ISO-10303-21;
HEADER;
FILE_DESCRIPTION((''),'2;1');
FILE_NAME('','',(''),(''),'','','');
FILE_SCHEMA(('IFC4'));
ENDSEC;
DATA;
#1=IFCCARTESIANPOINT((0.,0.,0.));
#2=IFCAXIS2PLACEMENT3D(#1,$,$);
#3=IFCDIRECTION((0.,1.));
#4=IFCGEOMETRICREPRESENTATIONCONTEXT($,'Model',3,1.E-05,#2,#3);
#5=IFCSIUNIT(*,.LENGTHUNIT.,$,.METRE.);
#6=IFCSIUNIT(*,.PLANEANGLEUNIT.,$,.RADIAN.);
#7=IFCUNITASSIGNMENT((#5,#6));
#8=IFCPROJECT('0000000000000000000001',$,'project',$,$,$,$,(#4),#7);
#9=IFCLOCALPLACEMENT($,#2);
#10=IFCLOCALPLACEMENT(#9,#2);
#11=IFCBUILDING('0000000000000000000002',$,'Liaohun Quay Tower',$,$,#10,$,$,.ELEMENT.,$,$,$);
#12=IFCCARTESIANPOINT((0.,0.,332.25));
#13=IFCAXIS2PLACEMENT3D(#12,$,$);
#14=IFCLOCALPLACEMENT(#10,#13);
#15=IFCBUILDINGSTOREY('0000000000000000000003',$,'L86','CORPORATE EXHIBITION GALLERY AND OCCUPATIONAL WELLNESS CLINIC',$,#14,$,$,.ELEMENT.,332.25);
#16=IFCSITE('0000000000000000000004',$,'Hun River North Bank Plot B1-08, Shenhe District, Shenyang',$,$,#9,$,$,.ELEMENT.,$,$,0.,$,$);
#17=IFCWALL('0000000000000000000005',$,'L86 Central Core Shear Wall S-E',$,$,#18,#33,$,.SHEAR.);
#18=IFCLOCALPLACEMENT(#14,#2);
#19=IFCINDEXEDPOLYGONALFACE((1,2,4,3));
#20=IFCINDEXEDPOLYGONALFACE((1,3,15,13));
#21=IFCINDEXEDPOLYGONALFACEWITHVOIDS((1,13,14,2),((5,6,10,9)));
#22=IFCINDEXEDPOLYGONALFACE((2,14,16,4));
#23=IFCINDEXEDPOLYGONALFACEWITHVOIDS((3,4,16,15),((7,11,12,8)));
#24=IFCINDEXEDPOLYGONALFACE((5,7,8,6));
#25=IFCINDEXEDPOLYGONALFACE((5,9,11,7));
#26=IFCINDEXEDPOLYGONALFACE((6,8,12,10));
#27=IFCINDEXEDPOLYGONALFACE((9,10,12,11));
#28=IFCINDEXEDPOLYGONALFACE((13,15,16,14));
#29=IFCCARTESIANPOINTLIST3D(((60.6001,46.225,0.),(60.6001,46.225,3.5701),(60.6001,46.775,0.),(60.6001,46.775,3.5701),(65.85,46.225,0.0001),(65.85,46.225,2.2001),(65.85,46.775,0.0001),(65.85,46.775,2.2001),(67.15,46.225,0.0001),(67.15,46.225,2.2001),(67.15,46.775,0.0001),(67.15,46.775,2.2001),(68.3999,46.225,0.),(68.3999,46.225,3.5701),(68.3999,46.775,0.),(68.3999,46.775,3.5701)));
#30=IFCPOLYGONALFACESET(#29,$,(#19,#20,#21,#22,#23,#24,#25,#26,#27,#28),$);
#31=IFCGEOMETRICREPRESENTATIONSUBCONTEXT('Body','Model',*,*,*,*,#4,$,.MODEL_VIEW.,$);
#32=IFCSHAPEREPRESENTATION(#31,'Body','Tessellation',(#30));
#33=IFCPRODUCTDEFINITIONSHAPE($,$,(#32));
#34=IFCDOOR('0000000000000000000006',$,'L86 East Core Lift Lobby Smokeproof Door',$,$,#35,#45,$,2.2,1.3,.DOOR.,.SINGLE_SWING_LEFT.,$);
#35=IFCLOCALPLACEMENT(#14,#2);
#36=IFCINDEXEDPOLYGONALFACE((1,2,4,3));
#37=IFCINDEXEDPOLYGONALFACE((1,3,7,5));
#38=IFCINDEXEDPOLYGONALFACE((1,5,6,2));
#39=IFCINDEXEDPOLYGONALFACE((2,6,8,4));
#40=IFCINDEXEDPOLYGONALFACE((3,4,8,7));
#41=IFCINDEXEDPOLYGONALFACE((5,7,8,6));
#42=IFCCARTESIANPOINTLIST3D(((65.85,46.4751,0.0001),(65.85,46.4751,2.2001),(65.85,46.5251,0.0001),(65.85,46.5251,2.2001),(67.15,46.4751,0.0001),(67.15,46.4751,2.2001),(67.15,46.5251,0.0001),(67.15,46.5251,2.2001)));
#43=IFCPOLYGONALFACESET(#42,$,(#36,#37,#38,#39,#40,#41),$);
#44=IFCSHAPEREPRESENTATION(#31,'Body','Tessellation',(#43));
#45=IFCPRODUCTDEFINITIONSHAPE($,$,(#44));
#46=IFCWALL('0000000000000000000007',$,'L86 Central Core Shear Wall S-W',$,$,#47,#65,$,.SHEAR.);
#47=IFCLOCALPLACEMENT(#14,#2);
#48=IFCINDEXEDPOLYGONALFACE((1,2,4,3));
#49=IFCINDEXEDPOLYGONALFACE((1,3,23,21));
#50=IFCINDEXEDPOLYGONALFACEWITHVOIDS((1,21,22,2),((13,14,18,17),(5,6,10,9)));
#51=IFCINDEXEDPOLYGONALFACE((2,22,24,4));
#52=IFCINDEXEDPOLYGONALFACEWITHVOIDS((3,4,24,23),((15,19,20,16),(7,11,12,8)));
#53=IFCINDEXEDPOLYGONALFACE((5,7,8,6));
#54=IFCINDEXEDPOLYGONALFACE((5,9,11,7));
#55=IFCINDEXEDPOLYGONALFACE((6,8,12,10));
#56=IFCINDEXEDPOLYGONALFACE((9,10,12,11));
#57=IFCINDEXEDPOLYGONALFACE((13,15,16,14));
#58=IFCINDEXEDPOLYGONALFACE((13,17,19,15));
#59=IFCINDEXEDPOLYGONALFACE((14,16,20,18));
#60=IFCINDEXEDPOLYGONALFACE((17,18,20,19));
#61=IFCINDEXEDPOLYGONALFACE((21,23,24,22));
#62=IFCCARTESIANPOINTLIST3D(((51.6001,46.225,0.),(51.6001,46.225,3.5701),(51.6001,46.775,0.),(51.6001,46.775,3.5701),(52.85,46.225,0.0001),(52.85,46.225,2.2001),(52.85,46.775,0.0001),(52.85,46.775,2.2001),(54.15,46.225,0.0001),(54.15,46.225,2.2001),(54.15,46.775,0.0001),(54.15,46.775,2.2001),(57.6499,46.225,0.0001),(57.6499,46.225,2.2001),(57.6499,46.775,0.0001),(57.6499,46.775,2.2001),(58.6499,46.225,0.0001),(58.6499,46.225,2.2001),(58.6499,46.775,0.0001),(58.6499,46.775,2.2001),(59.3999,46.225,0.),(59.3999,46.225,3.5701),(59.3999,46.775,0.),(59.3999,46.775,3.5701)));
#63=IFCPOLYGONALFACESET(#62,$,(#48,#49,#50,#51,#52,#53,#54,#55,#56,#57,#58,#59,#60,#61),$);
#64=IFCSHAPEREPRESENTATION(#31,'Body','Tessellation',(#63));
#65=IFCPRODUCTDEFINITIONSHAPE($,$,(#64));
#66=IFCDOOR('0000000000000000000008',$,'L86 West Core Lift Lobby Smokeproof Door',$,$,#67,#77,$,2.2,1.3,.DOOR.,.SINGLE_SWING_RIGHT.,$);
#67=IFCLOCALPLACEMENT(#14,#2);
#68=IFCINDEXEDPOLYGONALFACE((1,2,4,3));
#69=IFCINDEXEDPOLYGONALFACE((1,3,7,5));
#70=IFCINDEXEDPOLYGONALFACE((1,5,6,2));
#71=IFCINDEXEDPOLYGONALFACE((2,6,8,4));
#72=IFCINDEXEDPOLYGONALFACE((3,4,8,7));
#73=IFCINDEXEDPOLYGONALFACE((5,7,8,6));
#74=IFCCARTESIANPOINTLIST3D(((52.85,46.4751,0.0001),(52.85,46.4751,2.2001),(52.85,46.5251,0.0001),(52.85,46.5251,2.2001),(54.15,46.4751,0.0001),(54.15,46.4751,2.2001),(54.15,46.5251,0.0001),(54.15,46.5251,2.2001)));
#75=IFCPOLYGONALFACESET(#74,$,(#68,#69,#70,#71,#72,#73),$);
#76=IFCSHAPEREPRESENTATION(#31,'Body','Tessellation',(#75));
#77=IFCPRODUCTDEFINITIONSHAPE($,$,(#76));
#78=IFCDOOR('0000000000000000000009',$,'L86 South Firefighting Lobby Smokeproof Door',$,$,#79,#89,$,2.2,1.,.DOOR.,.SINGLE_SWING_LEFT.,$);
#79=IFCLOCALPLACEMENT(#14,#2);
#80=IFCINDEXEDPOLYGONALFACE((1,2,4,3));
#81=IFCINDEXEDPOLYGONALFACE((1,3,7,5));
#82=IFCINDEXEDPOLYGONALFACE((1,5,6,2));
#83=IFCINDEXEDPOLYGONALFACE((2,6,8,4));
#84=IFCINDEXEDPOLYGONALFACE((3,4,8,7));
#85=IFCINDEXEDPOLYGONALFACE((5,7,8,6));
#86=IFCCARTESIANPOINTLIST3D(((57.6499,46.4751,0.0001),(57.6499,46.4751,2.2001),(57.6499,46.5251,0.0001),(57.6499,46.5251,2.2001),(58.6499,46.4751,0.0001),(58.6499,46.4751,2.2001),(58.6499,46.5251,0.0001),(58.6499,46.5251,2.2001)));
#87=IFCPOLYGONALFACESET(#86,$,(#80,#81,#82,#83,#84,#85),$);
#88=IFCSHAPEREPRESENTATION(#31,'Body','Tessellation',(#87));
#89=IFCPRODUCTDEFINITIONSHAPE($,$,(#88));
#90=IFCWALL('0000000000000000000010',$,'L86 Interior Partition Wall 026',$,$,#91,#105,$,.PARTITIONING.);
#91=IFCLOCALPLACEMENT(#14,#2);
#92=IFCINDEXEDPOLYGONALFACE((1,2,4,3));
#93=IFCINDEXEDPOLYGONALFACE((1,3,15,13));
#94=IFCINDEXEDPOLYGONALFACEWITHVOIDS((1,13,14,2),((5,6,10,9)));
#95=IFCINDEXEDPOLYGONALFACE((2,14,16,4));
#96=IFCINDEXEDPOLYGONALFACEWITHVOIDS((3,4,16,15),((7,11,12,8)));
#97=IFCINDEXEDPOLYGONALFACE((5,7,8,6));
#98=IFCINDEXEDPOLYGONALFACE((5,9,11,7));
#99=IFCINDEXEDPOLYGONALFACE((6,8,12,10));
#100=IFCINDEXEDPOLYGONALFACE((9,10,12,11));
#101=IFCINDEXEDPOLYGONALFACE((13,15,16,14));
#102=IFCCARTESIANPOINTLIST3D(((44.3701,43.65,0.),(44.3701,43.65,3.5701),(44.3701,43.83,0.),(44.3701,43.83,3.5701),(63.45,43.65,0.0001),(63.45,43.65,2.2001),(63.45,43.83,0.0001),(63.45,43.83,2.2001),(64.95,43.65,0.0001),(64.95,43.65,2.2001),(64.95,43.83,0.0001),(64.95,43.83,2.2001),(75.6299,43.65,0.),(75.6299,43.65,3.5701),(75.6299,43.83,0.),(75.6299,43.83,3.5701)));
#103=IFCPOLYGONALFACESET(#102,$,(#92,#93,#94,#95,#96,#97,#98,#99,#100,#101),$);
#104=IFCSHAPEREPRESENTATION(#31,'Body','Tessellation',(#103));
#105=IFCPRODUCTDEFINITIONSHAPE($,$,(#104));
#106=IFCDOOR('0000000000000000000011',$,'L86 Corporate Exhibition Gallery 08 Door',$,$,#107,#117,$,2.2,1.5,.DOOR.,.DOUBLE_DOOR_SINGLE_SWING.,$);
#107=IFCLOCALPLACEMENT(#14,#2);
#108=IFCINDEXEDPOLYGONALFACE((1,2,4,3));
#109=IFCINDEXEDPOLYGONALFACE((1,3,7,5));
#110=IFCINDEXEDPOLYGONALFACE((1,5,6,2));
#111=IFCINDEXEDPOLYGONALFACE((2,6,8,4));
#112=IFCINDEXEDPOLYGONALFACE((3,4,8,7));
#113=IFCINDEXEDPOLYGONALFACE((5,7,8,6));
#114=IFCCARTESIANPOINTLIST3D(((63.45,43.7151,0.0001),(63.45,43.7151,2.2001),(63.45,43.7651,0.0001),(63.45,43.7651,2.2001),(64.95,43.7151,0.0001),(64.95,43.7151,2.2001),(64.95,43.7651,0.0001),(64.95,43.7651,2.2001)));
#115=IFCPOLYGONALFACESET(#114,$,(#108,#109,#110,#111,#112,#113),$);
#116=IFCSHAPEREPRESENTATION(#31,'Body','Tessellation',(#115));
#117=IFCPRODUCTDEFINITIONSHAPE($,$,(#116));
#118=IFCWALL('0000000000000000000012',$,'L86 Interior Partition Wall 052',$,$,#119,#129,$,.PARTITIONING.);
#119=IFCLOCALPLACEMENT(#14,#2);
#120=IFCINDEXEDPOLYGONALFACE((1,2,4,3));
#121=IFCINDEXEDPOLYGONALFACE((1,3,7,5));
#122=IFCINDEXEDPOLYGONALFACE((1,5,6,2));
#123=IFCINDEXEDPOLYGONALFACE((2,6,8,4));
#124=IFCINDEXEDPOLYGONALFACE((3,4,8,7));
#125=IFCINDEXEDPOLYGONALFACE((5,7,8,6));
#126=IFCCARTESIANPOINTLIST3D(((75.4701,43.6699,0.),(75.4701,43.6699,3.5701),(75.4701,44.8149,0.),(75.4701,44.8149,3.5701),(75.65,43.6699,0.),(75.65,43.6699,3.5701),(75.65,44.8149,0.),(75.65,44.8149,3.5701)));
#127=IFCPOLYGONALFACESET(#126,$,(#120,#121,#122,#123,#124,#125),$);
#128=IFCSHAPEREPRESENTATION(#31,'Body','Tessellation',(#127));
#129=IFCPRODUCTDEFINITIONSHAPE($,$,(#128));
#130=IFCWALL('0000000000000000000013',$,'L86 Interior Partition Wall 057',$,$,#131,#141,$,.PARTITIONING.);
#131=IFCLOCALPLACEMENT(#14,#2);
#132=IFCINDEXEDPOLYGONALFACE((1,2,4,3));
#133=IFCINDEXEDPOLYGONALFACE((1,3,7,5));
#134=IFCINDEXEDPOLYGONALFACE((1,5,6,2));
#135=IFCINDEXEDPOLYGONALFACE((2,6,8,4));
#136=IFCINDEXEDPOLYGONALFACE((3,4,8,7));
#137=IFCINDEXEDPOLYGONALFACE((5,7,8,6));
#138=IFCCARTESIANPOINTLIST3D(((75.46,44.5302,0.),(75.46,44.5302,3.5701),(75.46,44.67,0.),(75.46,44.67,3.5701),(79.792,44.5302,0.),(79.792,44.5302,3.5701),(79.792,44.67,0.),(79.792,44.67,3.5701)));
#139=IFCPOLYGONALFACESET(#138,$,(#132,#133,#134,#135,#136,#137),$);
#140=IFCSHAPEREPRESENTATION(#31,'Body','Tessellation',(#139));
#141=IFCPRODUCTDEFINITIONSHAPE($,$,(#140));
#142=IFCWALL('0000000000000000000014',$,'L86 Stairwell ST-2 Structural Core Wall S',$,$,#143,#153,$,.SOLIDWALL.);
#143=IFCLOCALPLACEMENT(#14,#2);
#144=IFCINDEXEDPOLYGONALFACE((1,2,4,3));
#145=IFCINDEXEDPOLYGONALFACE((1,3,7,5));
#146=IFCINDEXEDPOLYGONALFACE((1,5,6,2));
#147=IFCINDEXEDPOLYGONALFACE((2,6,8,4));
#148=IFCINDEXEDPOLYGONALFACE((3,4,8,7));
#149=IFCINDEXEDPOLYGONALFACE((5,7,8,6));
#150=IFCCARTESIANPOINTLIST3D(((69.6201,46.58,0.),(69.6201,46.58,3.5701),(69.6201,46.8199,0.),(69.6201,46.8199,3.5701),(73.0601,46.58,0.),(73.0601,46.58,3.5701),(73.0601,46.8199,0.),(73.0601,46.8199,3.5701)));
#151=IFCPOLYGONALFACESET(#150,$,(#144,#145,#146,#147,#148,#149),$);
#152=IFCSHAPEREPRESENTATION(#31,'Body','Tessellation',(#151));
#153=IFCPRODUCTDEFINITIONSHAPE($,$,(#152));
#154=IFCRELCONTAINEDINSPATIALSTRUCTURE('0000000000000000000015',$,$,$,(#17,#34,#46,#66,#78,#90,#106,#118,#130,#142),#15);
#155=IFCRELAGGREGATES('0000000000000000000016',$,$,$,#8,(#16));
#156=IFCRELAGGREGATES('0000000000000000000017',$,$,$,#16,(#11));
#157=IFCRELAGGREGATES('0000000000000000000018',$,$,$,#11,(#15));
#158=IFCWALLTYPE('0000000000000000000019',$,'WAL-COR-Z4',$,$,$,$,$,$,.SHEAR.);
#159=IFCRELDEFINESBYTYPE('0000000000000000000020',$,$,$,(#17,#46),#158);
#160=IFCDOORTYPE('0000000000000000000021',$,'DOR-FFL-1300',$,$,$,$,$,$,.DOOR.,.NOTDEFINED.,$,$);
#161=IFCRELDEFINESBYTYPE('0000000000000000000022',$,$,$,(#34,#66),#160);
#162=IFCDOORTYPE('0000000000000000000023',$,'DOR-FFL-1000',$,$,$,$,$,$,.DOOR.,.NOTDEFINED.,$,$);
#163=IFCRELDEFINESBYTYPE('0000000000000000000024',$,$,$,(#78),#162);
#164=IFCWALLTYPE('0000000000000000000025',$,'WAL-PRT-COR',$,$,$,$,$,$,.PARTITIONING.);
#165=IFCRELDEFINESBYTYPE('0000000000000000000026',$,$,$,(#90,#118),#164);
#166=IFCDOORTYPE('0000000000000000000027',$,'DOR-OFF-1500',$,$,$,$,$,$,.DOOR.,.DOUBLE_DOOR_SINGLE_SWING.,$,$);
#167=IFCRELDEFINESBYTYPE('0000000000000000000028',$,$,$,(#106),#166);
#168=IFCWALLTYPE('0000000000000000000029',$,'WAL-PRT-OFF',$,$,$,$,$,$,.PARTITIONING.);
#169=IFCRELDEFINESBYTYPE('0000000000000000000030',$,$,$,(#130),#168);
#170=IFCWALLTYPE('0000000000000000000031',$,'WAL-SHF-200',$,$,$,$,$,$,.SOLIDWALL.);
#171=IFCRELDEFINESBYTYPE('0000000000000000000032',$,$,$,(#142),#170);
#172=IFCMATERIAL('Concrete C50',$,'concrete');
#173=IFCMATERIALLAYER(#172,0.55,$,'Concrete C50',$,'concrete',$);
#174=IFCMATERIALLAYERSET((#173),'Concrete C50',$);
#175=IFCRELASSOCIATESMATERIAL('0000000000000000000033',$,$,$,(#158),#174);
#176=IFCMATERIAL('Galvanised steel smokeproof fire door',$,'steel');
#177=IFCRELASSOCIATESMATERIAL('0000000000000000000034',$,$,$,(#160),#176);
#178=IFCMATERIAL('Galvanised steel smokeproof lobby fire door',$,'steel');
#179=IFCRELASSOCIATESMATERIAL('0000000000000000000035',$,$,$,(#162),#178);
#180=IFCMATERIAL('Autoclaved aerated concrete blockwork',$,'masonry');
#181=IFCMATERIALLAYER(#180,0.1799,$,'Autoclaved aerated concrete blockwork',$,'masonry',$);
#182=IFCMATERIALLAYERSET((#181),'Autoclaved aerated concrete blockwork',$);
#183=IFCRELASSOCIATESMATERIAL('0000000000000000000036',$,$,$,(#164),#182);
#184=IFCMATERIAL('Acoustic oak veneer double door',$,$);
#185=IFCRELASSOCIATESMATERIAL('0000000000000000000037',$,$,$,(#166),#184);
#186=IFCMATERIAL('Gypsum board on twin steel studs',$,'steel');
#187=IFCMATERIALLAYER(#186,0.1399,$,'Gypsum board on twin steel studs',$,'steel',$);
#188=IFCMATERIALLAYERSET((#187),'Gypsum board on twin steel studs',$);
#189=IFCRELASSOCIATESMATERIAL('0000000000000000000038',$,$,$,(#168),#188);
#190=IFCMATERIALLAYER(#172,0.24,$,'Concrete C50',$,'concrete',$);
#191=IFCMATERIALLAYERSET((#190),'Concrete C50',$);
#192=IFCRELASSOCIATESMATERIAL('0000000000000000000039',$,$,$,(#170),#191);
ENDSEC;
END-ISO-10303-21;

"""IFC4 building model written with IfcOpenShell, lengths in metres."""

from ifc_helpers import new_model, si_unit, direction, frame, frame_2d, origin, place, context, subcontext, project, spatial, rectangle, extrude, source, transform, mapped, material, layer, layer_set, type_object, element, fill, save


model = new_model("IFC4")

# Units and contexts
model_context = context("Model", 3, precision=1e-05, world=origin(), true_north=direction((0.0, 1.0)))
body_context = subcontext(model_context, "Body", "Model", "MODEL_VIEW")
ifc_project = project(units=[si_unit("LENGTHUNIT", "METRE"), si_unit("PLANEANGLEUNIT", "RADIAN")], contexts=[model_context])

# Site, building, storey
site_placement = place(None, origin())
site = spatial("IfcSite", under=ifc_project, at=site_placement, Name="Hun River North Bank Plot B1-08, Shenhe District, Shenyang", CompositionType="ELEMENT", RefElevation=0.0)
building_placement = place(site_placement, origin())
building = spatial("IfcBuilding", under=site, at=building_placement, Name="Liaohun Quay Tower", CompositionType="ELEMENT")
storey_placement = place(building_placement, frame((0.0, 0.0, 332.25)))
storey = spatial("IfcBuildingStorey", under=building, at=storey_placement, Name="L86", Description="CORPORATE EXHIBITION GALLERY AND OCCUPATIONAL WELLNESS CLINIC", CompositionType="ELEMENT", Elevation=332.25)

# Shared definitions
ifc_material_1 = material(Name="Concrete C50", Category="concrete")

# Wall, opening, door
ifc_layer_1 = layer(ifc_material_1, 0.55, Name="Concrete C50", Category="concrete")
ifc_layer_set_1 = layer_set([ifc_layer_1], Name="Concrete C50")
wall_type_1 = type_object("IfcWallType", Name="WAL-COR-Z4", PredefinedType="SHEAR", material=ifc_layer_set_1)
wall_1_placement = place(storey_placement, frame((68.3999, 46.5, 0.0), z_axis=(0.0, 0.0, 1.0), x_axis=(-1.0, 0.0, 0.0)))
wall_1 = element("IfcWall", 1, at=wall_1_placement, inside=storey, type_object=wall_type_1, Name="L86 Central Core Shear Wall S-E", PredefinedType="SHEAR", context=body_context, shape_type="SweptSolid", body=[
    extrude(rectangle(XDim=7.7998, YDim=0.55, at=frame_2d((3.8999, 0.0))), origin(), (0.0, 0.0, 1.0), 3.5701),
])
shared_shape_1 = source(origin(), body_context, "Body", "SweptSolid", [
    extrude(rectangle(XDim=1.3, YDim=2.2, at=frame_2d((0.6499, 1.1001))), frame((0.0, 0.2849, 0.0), z_axis=(0.0, -1.0, 0.0), x_axis=(1.0, 0.0, 0.0)), (0.0, 0.0, 1.0), 0.5701),
])
opening_1_placement = place(wall_1_placement, frame((1.25, 0.0, 0.0)))
opening_1 = element("IfcOpeningElement", 2, at=opening_1_placement, cuts=wall_1, PredefinedType="OPENING", context=body_context, shape_type="MappedRepresentation", body=[
    mapped(shared_shape_1, transform((0.0, 0.0, 0.0), x_axis=(1.0, 0.0, 0.0), y_axis=(0.0, 1.0, 0.0), z_axis=(0.0, 0.0, 1.0), scale=1.0)),
])
ifc_material_2 = material(Name="Galvanised steel smokeproof fire door", Category="steel")
door_type_1 = type_object("IfcDoorType", Name="DOR-FFL-1300", OperationType="NOTDEFINED", PredefinedType="DOOR", material=ifc_material_2)
shared_shape_2 = source(origin(), body_context, "Body", "SweptSolid", [
    extrude(rectangle(XDim=1.3, YDim=2.2, at=frame_2d((0.6499, 1.1001))), frame((0.0, 0.0249, 0.0), z_axis=(0.0, -1.0, 0.0), x_axis=(1.0, 0.0, 0.0)), (0.0, 0.0, 1.0), 0.05),
])
door_1_placement = place(opening_1_placement, origin())
door_1 = element("IfcDoor", 3, at=door_1_placement, inside=storey, type_object=door_type_1, Name="L86 East Core Lift Lobby Smokeproof Door", OperationType="SINGLE_SWING_LEFT", OverallHeight=2.2, OverallWidth=1.3, PredefinedType="DOOR", context=body_context, shape_type="MappedRepresentation", body=[
    mapped(shared_shape_2, transform((0.0, 0.0, 0.0), x_axis=(1.0, 0.0, 0.0), y_axis=(0.0, 1.0, 0.0), z_axis=(0.0, 0.0, 1.0), scale=1.0)),
])
fill(opening_1, door_1)

# Wall, openings, doors
wall_2_placement = place(storey_placement, frame((59.3999, 46.5, 0.0), z_axis=(0.0, 0.0, 1.0), x_axis=(-1.0, 0.0, 0.0)))
wall_2 = element("IfcWall", 4, at=wall_2_placement, inside=storey, type_object=wall_type_1, Name="L86 Central Core Shear Wall S-W", PredefinedType="SHEAR", context=body_context, shape_type="SweptSolid", body=[
    extrude(rectangle(XDim=7.7998, YDim=0.55, at=frame_2d((3.8999, 0.0))), origin(), (0.0, 0.0, 1.0), 3.5701),
])
opening_2_placement = place(wall_2_placement, frame((5.25, 0.0, 0.0)))
opening_2 = element("IfcOpeningElement", 5, at=opening_2_placement, cuts=wall_2, PredefinedType="OPENING", context=body_context, shape_type="MappedRepresentation", body=[
    mapped(shared_shape_1, transform((0.0, 0.0, 0.0), x_axis=(1.0, 0.0, 0.0), y_axis=(0.0, 1.0, 0.0), z_axis=(0.0, 0.0, 1.0), scale=1.0)),
])
shared_shape_3 = source(origin(), body_context, "Body", "SweptSolid", [
    extrude(rectangle(XDim=1.0, YDim=2.2, at=frame_2d((0.5, 1.1001))), frame((0.0, 0.2849, 0.0), z_axis=(0.0, -1.0, 0.0), x_axis=(1.0, 0.0, 0.0)), (0.0, 0.0, 1.0), 0.5701),
])
opening_3_placement = place(wall_2_placement, frame((0.75, 0.0, 0.0)))
opening_3 = element("IfcOpeningElement", 6, at=opening_3_placement, cuts=wall_2, PredefinedType="OPENING", context=body_context, shape_type="MappedRepresentation", body=[
    mapped(shared_shape_3, transform((0.0, 0.0, 0.0), x_axis=(1.0, 0.0, 0.0), y_axis=(0.0, 1.0, 0.0), z_axis=(0.0, 0.0, 1.0), scale=1.0)),
])
door_2_placement = place(opening_2_placement, origin())
door_2 = element("IfcDoor", 7, at=door_2_placement, inside=storey, type_object=door_type_1, Name="L86 West Core Lift Lobby Smokeproof Door", OperationType="SINGLE_SWING_RIGHT", OverallHeight=2.2, OverallWidth=1.3, PredefinedType="DOOR", context=body_context, shape_type="MappedRepresentation", body=[
    mapped(shared_shape_2, transform((0.0, 0.0, 0.0), x_axis=(1.0, 0.0, 0.0), y_axis=(0.0, 1.0, 0.0), z_axis=(0.0, 0.0, 1.0), scale=1.0)),
])
fill(opening_2, door_2)
ifc_material_3 = material(Name="Galvanised steel smokeproof lobby fire door", Category="steel")
door_type_2 = type_object("IfcDoorType", Name="DOR-FFL-1000", OperationType="NOTDEFINED", PredefinedType="DOOR", material=ifc_material_3)
shared_shape_4 = source(origin(), body_context, "Body", "SweptSolid", [
    extrude(rectangle(XDim=1.0, YDim=2.2, at=frame_2d((0.5, 1.1001))), frame((0.0, 0.0249, 0.0), z_axis=(0.0, -1.0, 0.0), x_axis=(1.0, 0.0, 0.0)), (0.0, 0.0, 1.0), 0.05),
])
door_3_placement = place(opening_3_placement, origin())
door_3 = element("IfcDoor", 8, at=door_3_placement, inside=storey, type_object=door_type_2, Name="L86 South Firefighting Lobby Smokeproof Door", OperationType="SINGLE_SWING_LEFT", OverallHeight=2.2, OverallWidth=1.0, PredefinedType="DOOR", context=body_context, shape_type="MappedRepresentation", body=[
    mapped(shared_shape_4, transform((0.0, 0.0, 0.0), x_axis=(1.0, 0.0, 0.0), y_axis=(0.0, 1.0, 0.0), z_axis=(0.0, 0.0, 1.0), scale=1.0)),
])
fill(opening_3, door_3)

# Wall, opening, door
ifc_material_4 = material(Name="Autoclaved aerated concrete blockwork", Category="masonry")
ifc_layer_2 = layer(ifc_material_4, 0.1799, Name="Autoclaved aerated concrete blockwork", Category="masonry")
ifc_layer_set_2 = layer_set([ifc_layer_2], Name="Autoclaved aerated concrete blockwork")
wall_type_2 = type_object("IfcWallType", Name="WAL-PRT-COR", PredefinedType="PARTITIONING", material=ifc_layer_set_2)
wall_3_placement = place(storey_placement, frame((75.6299, 43.74, 0.0), z_axis=(0.0, 0.0, 1.0), x_axis=(-1.0, 0.0, 0.0)))
wall_3 = element("IfcWall", 9, at=wall_3_placement, inside=storey, type_object=wall_type_2, Name="L86 Interior Partition Wall 026", PredefinedType="PARTITIONING", context=body_context, shape_type="SweptSolid", body=[
    extrude(rectangle(XDim=31.2598, YDim=0.1799, at=frame_2d((15.6299, 0.0))), origin(), (0.0, 0.0, 1.0), 3.5701),
])
shared_shape_5 = source(origin(), body_context, "Body", "SweptSolid", [
    extrude(rectangle(XDim=1.5, YDim=2.2, at=frame_2d((0.75, 1.1001))), frame((0.0, 0.0999, 0.0), z_axis=(0.0, -1.0, 0.0), x_axis=(1.0, 0.0, 0.0)), (0.0, 0.0, 1.0), 0.2),
])
opening_4_placement = place(wall_3_placement, frame((10.6799, 0.0, 0.0)))
opening_4 = element("IfcOpeningElement", 10, at=opening_4_placement, cuts=wall_3, PredefinedType="OPENING", context=body_context, shape_type="MappedRepresentation", body=[
    mapped(shared_shape_5, transform((0.0, 0.0, 0.0), x_axis=(1.0, 0.0, 0.0), y_axis=(0.0, 1.0, 0.0), z_axis=(0.0, 0.0, 1.0), scale=1.0)),
])
ifc_material_5 = material(Name="Acoustic oak veneer double door")
door_type_3 = type_object("IfcDoorType", Name="DOR-OFF-1500", OperationType="DOUBLE_DOOR_SINGLE_SWING", PredefinedType="DOOR", material=ifc_material_5)
shared_shape_6 = source(origin(), body_context, "Body", "SweptSolid", [
    extrude(rectangle(XDim=1.5, YDim=2.2, at=frame_2d((0.75, 1.1001))), frame((0.0, 0.0249, 0.0), z_axis=(0.0, -1.0, 0.0), x_axis=(1.0, 0.0, 0.0)), (0.0, 0.0, 1.0), 0.05),
])
door_4_placement = place(opening_4_placement, origin())
door_4 = element("IfcDoor", 11, at=door_4_placement, inside=storey, type_object=door_type_3, Name="L86 Corporate Exhibition Gallery 08 Door", OperationType="DOUBLE_DOOR_SINGLE_SWING", OverallHeight=2.2, OverallWidth=1.5, PredefinedType="DOOR", context=body_context, shape_type="MappedRepresentation", body=[
    mapped(shared_shape_6, transform((0.0, 0.0, 0.0), x_axis=(1.0, 0.0, 0.0), y_axis=(0.0, 1.0, 0.0), z_axis=(0.0, 0.0, 1.0), scale=1.0)),
])
fill(opening_4, door_4)

# Walls
wall_4_placement = place(storey_placement, frame((75.5601, 44.8149, 0.0), z_axis=(0.0, 0.0, 1.0), x_axis=(0.0, -1.0, 0.0)))
element("IfcWall", 12, at=wall_4_placement, inside=storey, type_object=wall_type_2, Name="L86 Interior Partition Wall 052", PredefinedType="PARTITIONING", context=body_context, shape_type="SweptSolid", body=[
    extrude(rectangle(XDim=1.145, YDim=0.1799, at=frame_2d((0.5725, 0.0))), origin(), (0.0, 0.0, 1.0), 3.5701),
])
ifc_material_6 = material(Name="Gypsum board on twin steel studs", Category="steel")
ifc_layer_3 = layer(ifc_material_6, 0.1399, Name="Gypsum board on twin steel studs", Category="steel")
ifc_layer_set_3 = layer_set([ifc_layer_3], Name="Gypsum board on twin steel studs")
wall_type_3 = type_object("IfcWallType", Name="WAL-PRT-OFF", PredefinedType="PARTITIONING", material=ifc_layer_set_3)
wall_5_placement = place(storey_placement, frame((75.46, 44.6001, 0.0), z_axis=(0.0, 0.0, 1.0), x_axis=(1.0, 0.0, 0.0)))
element("IfcWall", 13, at=wall_5_placement, inside=storey, type_object=wall_type_3, Name="L86 Interior Partition Wall 057", PredefinedType="PARTITIONING", context=body_context, shape_type="SweptSolid", body=[
    extrude(rectangle(XDim=4.332, YDim=0.1399, at=frame_2d((2.166, 0.0))), origin(), (0.0, 0.0, 1.0), 3.5701),
])
ifc_layer_4 = layer(ifc_material_1, 0.24, Name="Concrete C50", Category="concrete")
ifc_layer_set_4 = layer_set([ifc_layer_4], Name="Concrete C50")
wall_type_4 = type_object("IfcWallType", Name="WAL-SHF-200", PredefinedType="SOLIDWALL", material=ifc_layer_set_4)
wall_6_placement = place(storey_placement, frame((69.6201, 46.7, 0.0), z_axis=(0.0, 0.0, 1.0), x_axis=(1.0, 0.0, 0.0)))
element("IfcWall", 14, at=wall_6_placement, inside=storey, type_object=wall_type_4, Name="L86 Stairwell ST-2 Structural Core Wall S", PredefinedType="SOLIDWALL", context=body_context, shape_type="SweptSolid", body=[
    extrude(rectangle(XDim=3.4399, YDim=0.24, at=frame_2d((1.72, 0.0))), origin(), (0.0, 0.0, 1.0), 3.5701),
])

save(model, "model.ifc")
